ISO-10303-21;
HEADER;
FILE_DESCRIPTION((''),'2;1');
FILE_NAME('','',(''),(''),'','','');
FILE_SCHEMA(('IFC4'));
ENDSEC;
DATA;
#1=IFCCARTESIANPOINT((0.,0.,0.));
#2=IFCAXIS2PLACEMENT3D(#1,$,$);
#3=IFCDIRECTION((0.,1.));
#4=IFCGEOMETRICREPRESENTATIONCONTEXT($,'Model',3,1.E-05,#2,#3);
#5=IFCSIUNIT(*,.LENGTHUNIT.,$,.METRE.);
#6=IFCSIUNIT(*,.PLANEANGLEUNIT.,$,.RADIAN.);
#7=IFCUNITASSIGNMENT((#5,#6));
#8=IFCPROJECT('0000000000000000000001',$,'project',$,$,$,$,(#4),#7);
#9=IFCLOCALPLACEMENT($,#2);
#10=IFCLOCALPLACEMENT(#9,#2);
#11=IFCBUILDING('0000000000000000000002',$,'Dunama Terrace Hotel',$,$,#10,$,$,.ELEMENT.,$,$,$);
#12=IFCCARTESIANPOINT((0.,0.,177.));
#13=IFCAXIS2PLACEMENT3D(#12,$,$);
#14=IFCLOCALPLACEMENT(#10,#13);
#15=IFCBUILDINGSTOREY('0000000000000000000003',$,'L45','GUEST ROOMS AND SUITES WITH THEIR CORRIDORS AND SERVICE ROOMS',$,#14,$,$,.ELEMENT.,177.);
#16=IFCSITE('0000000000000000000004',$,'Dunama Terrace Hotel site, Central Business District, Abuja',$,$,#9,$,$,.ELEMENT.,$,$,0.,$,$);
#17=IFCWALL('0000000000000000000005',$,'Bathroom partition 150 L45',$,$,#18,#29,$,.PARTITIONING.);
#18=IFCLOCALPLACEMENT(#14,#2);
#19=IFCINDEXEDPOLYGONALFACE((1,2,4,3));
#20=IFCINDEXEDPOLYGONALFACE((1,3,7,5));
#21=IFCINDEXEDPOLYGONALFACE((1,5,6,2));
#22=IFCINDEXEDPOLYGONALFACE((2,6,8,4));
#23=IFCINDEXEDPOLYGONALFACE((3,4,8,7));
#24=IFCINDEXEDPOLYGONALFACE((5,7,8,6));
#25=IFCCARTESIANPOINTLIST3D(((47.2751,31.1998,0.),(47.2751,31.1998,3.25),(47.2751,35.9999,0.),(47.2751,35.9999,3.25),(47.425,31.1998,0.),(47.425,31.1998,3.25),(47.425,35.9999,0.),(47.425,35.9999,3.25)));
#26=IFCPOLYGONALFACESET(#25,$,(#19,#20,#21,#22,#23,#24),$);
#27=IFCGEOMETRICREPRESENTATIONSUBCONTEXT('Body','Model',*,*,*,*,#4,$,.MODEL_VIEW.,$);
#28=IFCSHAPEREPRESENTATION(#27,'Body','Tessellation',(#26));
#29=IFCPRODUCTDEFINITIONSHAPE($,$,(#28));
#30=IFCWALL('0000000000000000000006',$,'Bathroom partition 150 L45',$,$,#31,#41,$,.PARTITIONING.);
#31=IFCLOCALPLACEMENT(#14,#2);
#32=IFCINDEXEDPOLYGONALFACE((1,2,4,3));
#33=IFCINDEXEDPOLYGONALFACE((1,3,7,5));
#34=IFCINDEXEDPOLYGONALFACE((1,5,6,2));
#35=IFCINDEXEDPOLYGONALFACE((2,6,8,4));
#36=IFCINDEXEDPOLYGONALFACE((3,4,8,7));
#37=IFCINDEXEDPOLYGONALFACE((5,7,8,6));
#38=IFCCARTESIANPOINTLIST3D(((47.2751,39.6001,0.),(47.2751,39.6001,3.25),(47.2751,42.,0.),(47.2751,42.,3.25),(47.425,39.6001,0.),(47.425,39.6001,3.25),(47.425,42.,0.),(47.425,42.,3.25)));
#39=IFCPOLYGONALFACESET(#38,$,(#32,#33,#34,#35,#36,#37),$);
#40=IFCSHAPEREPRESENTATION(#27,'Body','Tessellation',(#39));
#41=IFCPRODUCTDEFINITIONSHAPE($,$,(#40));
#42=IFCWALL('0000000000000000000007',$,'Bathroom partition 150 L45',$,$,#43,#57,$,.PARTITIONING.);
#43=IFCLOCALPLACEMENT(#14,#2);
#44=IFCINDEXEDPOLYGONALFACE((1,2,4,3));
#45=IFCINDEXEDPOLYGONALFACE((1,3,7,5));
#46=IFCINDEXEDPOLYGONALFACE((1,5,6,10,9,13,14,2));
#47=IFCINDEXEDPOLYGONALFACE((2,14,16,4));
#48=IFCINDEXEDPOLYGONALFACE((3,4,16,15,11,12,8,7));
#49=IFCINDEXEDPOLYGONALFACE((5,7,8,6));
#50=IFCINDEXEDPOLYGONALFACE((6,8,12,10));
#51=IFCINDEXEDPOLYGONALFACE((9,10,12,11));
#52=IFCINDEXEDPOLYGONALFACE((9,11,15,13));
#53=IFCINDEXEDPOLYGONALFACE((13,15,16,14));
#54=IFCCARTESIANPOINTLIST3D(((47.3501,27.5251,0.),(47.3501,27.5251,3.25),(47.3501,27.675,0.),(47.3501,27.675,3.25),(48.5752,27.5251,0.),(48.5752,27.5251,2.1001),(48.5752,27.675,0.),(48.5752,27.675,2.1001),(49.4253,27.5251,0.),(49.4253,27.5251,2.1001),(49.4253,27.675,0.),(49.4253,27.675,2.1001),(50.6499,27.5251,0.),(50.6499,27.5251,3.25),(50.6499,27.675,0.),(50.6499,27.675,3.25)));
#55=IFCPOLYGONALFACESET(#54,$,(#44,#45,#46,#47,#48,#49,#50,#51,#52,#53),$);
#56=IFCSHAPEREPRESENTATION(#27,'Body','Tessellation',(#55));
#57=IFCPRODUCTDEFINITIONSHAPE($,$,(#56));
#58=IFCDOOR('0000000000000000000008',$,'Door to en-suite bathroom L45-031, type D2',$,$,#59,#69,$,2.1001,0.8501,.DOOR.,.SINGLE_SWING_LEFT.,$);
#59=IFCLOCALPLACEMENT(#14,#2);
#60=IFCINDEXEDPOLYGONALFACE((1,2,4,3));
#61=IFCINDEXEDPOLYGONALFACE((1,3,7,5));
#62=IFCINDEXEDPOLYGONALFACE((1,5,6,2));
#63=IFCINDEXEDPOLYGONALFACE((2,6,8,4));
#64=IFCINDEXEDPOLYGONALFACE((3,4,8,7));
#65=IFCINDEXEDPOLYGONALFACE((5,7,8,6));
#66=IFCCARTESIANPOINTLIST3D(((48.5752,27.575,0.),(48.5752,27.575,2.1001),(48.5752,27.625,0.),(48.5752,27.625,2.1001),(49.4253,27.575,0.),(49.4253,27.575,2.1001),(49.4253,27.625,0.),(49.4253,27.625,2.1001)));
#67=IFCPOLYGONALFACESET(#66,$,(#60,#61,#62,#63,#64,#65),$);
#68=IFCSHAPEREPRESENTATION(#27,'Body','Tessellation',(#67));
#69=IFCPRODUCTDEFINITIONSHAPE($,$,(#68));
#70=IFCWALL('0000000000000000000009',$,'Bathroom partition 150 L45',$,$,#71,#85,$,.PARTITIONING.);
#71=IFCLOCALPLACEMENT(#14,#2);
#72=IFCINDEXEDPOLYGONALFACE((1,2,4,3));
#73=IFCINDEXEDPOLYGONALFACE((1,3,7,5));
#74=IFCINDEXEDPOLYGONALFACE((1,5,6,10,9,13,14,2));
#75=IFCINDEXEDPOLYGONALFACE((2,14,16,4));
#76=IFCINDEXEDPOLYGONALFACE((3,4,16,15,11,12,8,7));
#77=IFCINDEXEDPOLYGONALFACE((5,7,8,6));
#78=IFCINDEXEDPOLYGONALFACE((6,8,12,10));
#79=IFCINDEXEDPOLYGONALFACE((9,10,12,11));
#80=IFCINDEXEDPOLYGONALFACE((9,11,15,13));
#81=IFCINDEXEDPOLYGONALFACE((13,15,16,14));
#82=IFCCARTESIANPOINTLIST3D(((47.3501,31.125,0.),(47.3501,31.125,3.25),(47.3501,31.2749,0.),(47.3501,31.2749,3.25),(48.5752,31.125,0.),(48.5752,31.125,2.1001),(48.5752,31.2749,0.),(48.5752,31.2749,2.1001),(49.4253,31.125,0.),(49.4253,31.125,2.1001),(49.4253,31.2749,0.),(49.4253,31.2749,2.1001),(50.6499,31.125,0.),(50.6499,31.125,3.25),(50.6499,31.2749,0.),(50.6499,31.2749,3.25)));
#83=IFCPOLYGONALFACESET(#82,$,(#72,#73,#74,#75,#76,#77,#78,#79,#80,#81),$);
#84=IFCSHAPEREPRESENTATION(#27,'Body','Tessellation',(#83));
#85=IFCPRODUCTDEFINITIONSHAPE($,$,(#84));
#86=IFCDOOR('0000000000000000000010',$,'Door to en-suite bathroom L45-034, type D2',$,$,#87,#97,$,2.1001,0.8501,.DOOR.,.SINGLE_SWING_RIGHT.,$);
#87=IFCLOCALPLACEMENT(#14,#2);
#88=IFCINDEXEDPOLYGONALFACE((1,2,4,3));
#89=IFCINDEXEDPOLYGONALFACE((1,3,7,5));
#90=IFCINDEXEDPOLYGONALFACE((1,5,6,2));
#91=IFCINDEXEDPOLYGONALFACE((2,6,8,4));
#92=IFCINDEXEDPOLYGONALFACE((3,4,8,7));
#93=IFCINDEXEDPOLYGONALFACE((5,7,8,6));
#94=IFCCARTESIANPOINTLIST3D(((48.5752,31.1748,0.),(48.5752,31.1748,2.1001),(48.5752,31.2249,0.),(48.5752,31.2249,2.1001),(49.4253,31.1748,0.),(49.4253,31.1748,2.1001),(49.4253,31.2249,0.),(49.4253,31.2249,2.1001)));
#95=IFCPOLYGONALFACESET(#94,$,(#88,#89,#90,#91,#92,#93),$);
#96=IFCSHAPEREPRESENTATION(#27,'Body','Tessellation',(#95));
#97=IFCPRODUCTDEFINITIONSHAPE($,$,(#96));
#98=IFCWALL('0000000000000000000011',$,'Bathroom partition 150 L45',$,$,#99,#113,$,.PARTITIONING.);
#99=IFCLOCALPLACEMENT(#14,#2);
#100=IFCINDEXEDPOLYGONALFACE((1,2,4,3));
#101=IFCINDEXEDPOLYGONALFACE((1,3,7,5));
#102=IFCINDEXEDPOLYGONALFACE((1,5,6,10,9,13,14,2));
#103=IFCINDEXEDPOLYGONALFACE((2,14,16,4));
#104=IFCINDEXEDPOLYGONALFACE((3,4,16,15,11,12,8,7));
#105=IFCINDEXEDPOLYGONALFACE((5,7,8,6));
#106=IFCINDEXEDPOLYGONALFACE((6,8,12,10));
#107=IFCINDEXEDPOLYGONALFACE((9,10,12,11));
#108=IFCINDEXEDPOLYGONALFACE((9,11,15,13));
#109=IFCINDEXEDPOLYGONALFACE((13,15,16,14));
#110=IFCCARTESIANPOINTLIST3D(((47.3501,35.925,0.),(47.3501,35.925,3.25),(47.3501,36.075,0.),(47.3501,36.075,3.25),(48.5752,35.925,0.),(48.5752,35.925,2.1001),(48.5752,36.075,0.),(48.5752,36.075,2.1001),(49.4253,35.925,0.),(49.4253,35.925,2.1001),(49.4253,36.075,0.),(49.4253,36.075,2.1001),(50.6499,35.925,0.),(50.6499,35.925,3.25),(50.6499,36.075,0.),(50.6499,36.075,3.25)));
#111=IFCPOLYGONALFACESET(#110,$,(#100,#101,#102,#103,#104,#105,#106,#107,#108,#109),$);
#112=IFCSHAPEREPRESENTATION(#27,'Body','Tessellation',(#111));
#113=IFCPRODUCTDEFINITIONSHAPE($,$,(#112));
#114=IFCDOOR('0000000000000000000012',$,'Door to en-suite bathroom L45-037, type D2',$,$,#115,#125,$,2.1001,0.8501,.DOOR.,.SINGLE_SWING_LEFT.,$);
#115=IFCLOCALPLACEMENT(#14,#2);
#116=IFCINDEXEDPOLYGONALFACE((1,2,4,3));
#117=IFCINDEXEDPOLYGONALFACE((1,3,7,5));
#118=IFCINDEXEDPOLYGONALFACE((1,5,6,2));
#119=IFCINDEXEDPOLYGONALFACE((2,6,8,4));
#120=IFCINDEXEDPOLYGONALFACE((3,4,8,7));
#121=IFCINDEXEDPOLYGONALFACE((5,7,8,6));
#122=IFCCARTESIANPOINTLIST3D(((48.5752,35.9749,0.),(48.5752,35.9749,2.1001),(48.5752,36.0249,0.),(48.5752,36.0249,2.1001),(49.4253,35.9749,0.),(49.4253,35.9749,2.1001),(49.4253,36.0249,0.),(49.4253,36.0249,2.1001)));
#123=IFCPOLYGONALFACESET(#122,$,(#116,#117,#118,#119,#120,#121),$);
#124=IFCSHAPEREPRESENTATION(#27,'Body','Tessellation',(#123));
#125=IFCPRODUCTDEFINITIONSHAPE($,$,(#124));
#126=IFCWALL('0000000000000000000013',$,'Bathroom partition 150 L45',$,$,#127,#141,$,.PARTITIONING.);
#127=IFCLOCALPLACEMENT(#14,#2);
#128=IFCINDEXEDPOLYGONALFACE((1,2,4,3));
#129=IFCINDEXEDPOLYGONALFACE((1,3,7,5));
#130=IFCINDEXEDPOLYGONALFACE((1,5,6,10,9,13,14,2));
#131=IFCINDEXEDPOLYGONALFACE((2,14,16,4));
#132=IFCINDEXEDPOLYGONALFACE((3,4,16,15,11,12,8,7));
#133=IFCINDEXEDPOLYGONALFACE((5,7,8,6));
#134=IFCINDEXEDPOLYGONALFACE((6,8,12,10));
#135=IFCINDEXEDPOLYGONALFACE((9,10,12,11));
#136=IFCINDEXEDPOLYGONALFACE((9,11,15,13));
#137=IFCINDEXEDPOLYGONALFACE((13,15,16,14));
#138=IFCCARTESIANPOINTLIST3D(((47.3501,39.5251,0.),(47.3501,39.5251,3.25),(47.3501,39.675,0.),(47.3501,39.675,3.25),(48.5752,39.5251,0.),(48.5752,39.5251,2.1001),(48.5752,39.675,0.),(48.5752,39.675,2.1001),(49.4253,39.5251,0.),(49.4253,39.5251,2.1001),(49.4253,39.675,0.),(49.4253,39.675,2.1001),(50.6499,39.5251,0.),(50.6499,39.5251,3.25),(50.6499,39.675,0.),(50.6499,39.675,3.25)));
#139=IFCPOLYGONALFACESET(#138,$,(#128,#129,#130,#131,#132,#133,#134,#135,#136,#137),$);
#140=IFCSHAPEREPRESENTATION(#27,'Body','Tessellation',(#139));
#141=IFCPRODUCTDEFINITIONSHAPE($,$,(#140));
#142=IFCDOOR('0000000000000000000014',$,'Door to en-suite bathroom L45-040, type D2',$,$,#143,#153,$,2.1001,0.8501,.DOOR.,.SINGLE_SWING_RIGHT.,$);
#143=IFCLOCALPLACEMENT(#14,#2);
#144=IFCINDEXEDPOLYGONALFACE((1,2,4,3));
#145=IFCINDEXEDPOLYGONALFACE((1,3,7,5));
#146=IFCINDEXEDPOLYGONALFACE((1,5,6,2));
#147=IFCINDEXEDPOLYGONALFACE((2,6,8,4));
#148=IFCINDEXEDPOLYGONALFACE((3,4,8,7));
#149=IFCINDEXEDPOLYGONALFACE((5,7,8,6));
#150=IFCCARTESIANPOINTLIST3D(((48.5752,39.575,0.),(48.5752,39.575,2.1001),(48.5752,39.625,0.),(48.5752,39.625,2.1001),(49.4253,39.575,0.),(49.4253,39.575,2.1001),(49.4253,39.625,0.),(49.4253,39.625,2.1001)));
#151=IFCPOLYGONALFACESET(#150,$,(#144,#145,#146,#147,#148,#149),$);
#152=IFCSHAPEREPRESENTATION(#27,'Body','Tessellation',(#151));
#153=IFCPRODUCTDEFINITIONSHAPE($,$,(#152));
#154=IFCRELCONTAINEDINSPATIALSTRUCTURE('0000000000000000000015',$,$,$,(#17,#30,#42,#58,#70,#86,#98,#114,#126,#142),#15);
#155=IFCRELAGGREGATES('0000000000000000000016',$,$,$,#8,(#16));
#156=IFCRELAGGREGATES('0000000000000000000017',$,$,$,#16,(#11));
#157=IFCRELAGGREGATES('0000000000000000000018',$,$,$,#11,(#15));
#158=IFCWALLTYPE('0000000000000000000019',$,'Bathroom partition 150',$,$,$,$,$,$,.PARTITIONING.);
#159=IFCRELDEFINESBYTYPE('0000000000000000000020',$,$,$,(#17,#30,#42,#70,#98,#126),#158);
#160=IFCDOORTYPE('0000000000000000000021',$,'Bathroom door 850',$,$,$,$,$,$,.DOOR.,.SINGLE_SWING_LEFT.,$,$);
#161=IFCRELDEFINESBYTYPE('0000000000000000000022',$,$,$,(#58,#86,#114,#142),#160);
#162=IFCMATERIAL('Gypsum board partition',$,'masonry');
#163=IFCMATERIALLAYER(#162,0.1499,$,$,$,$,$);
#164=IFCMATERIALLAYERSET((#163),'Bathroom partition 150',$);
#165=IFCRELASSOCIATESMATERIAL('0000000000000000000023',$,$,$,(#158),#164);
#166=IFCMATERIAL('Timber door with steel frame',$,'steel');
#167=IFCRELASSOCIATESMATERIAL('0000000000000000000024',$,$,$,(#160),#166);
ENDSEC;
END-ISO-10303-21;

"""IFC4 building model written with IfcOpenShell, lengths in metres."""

from ifc_helpers import new_model, si_unit, direction, frame, frame_2d, origin, place, context, subcontext, project, spatial, rectangle, extrude, material, layer, layer_set, type_object, element, fill, save


model = new_model("IFC4")

# Units and contexts
model_context = context("Model", 3, precision=1e-05, world=origin(), true_north=direction((0.0, 1.0)))
body_context = subcontext(model_context, "Body", "Model", "MODEL_VIEW")
ifc_project = project(units=[si_unit("LENGTHUNIT", "METRE"), si_unit("PLANEANGLEUNIT", "RADIAN")], contexts=[model_context])

# Site, building, storey
site_placement = place(None, origin())
site = spatial("IfcSite", under=ifc_project, at=site_placement, Name="Dunama Terrace Hotel site, Central Business District, Abuja", CompositionType="ELEMENT", RefElevation=0.0)
building_placement = place(site_placement, origin())
building = spatial("IfcBuilding", under=site, at=building_placement, Name="Dunama Terrace Hotel", CompositionType="ELEMENT")
storey_placement = place(building_placement, frame((0.0, 0.0, 177.0)))
storey = spatial("IfcBuildingStorey", under=building, at=storey_placement, Name="L45", Description="GUEST ROOMS AND SUITES WITH THEIR CORRIDORS AND SERVICE ROOMS", CompositionType="ELEMENT", Elevation=177.0)

# Walls
ifc_material_1 = material(Name="Gypsum board partition", Category="masonry")
ifc_layer_1 = layer(ifc_material_1, 0.1499)
ifc_layer_set_1 = layer_set([ifc_layer_1], Name="Bathroom partition 150")
wall_type_1 = type_object("IfcWallType", Name="Bathroom partition 150", PredefinedType="PARTITIONING", material=ifc_layer_set_1)
wall_1_placement = place(storey_placement, frame((47.3501, 31.2, 0.0), z_axis=(0.0, 0.0, 1.0), x_axis=(0.0, 1.0, 0.0)))
element("IfcWall", 1, at=wall_1_placement, inside=storey, type_object=wall_type_1, Name="Bathroom partition 150 L45", PredefinedType="PARTITIONING", context=body_context, shape_type="SweptSolid", body=[
    extrude(rectangle(XDim=4.8, YDim=0.1499, at=frame_2d((2.3999, 0.0))), origin(), (0.0, 0.0, 1.0), 3.25),
])
wall_2_placement = place(storey_placement, frame((47.3501, 39.6001, 0.0), z_axis=(0.0, 0.0, 1.0), x_axis=(0.0, 1.0, 0.0)))
element("IfcWall", 2, at=wall_2_placement, inside=storey, type_object=wall_type_1, Name="Bathroom partition 150 L45", PredefinedType="PARTITIONING", context=body_context, shape_type="SweptSolid", body=[
    extrude(rectangle(XDim=2.3999, YDim=0.1499, at=frame_2d((1.2, 0.0))), origin(), (0.0, 0.0, 1.0), 3.25),
])

# Walls, openings, doors
wall_3_placement = place(storey_placement, frame((47.3501, 27.6001, 0.0), z_axis=(0.0, 0.0, 1.0), x_axis=(1.0, 0.0, 0.0)))
wall_3 = element("IfcWall", 3, at=wall_3_placement, inside=storey, type_object=wall_type_1, Name="Bathroom partition 150 L45", PredefinedType="PARTITIONING", context=body_context, shape_type="SweptSolid", body=[
    extrude(rectangle(XDim=3.2998, YDim=0.1499, at=frame_2d((1.6499, 0.0))), origin(), (0.0, 0.0, 1.0), 3.25),
])
opening_1_placement = place(wall_3_placement, frame((1.2251, 0.0, 0.0)))
opening_1 = element("IfcOpeningElement", 4, at=opening_1_placement, cuts=wall_3, PredefinedType="OPENING", context=body_context, shape_type="SweptSolid", body=[
    extrude(rectangle(XDim=0.8501, YDim=2.1001, at=frame_2d((0.425, 1.05))), frame((0.0, 0.085, 0.0), z_axis=(0.0, -1.0, 0.0), x_axis=(1.0, 0.0, 0.0)), (0.0, 0.0, 1.0), 0.1699),
])
ifc_material_2 = material(Name="Timber door with steel frame", Category="steel")
door_type_1 = type_object("IfcDoorType", Name="Bathroom door 850", OperationType="SINGLE_SWING_LEFT", PredefinedType="DOOR", material=ifc_material_2)
door_1_placement = place(opening_1_placement, frame((0.8501, 0.0, 0.0), z_axis=(0.0, 0.0, 1.0), x_axis=(-1.0, 0.0, 0.0)))
door_1 = element("IfcDoor", 5, at=door_1_placement, inside=storey, type_object=door_type_1, Name="Door to en-suite bathroom L45-031, type D2", OperationType="SINGLE_SWING_LEFT", OverallHeight=2.1001, OverallWidth=0.8501, PredefinedType="DOOR", context=body_context, shape_type="SweptSolid", body=[
    extrude(rectangle(XDim=0.8501, YDim=2.1001, at=frame_2d((0.425, 1.05))), frame((0.0, 0.0251, 0.0), z_axis=(0.0, -1.0, 0.0), x_axis=(1.0, 0.0, 0.0)), (0.0, 0.0, 1.0), 0.05),
])
fill(opening_1, door_1)
wall_4_placement = place(storey_placement, frame((47.3501, 31.2, 0.0), z_axis=(0.0, 0.0, 1.0), x_axis=(1.0, 0.0, 0.0)))
wall_4 = element("IfcWall", 6, at=wall_4_placement, inside=storey, type_object=wall_type_1, Name="Bathroom partition 150 L45", PredefinedType="PARTITIONING", context=body_context, shape_type="SweptSolid", body=[
    extrude(rectangle(XDim=3.2998, YDim=0.1499, at=frame_2d((1.6499, 0.0))), origin(), (0.0, 0.0, 1.0), 3.25),
])
opening_2_placement = place(wall_4_placement, frame((1.2251, 0.0, 0.0)))
opening_2 = element("IfcOpeningElement", 7, at=opening_2_placement, cuts=wall_4, PredefinedType="OPENING", context=body_context, shape_type="SweptSolid", body=[
    extrude(rectangle(XDim=0.8501, YDim=2.1001, at=frame_2d((0.425, 1.05))), frame((0.0, 0.085, 0.0), z_axis=(0.0, -1.0, 0.0), x_axis=(1.0, 0.0, 0.0)), (0.0, 0.0, 1.0), 0.1699),
])
door_2_placement = place(opening_2_placement, origin())
door_2 = element("IfcDoor", 8, at=door_2_placement, inside=storey, type_object=door_type_1, Name="Door to en-suite bathroom L45-034, type D2", OperationType="SINGLE_SWING_RIGHT", OverallHeight=2.1001, OverallWidth=0.8501, PredefinedType="DOOR", context=body_context, shape_type="SweptSolid", body=[
    extrude(rectangle(XDim=0.8501, YDim=2.1001, at=frame_2d((0.425, 1.05))), frame((0.0, 0.0249, 0.0), z_axis=(0.0, -1.0, 0.0), x_axis=(1.0, 0.0, 0.0)), (0.0, 0.0, 1.0), 0.05),
])
fill(opening_2, door_2)
wall_5_placement = place(storey_placement, frame((47.3501, 36.0, 0.0), z_axis=(0.0, 0.0, 1.0), x_axis=(1.0, 0.0, 0.0)))
wall_5 = element("IfcWall", 9, at=wall_5_placement, inside=storey, type_object=wall_type_1, Name="Bathroom partition 150 L45", PredefinedType="PARTITIONING", context=body_context, shape_type="SweptSolid", body=[
    extrude(rectangle(XDim=3.2998, YDim=0.1499, at=frame_2d((1.6499, 0.0))), origin(), (0.0, 0.0, 1.0), 3.25),
])
opening_3_placement = place(wall_5_placement, frame((1.2251, 0.0, 0.0)))
opening_3 = element("IfcOpeningElement", 10, at=opening_3_placement, cuts=wall_5, PredefinedType="OPENING", context=body_context, shape_type="SweptSolid", body=[
    extrude(rectangle(XDim=0.8501, YDim=2.1001, at=frame_2d((0.425, 1.05))), frame((0.0, 0.085, 0.0), z_axis=(0.0, -1.0, 0.0), x_axis=(1.0, 0.0, 0.0)), (0.0, 0.0, 1.0), 0.1699),
])
door_3_placement = place(opening_3_placement, frame((0.8501, 0.0, 0.0), z_axis=(0.0, 0.0, 1.0), x_axis=(-1.0, 0.0, 0.0)))
door_3 = element("IfcDoor", 11, at=door_3_placement, inside=storey, type_object=door_type_1, Name="Door to en-suite bathroom L45-037, type D2", OperationType="SINGLE_SWING_LEFT", OverallHeight=2.1001, OverallWidth=0.8501, PredefinedType="DOOR", context=body_context, shape_type="SweptSolid", body=[
    extrude(rectangle(XDim=0.8501, YDim=2.1001, at=frame_2d((0.425, 1.05))), frame((0.0, 0.0251, 0.0), z_axis=(0.0, -1.0, 0.0), x_axis=(1.0, 0.0, 0.0)), (0.0, 0.0, 1.0), 0.05),
])
fill(opening_3, door_3)
wall_6_placement = place(storey_placement, frame((47.3501, 39.6001, 0.0), z_axis=(0.0, 0.0, 1.0), x_axis=(1.0, 0.0, 0.0)))
wall_6 = element("IfcWall", 12, at=wall_6_placement, inside=storey, type_object=wall_type_1, Name="Bathroom partition 150 L45", PredefinedType="PARTITIONING", context=body_context, shape_type="SweptSolid", body=[
    extrude(rectangle(XDim=3.2998, YDim=0.1499, at=frame_2d((1.6499, 0.0))), origin(), (0.0, 0.0, 1.0), 3.25),
])
opening_4_placement = place(wall_6_placement, frame((1.2251, 0.0, 0.0)))
opening_4 = element("IfcOpeningElement", 13, at=opening_4_placement, cuts=wall_6, PredefinedType="OPENING", context=body_context, shape_type="SweptSolid", body=[
    extrude(rectangle(XDim=0.8501, YDim=2.1001, at=frame_2d((0.425, 1.05))), frame((0.0, 0.085, 0.0), z_axis=(0.0, -1.0, 0.0), x_axis=(1.0, 0.0, 0.0)), (0.0, 0.0, 1.0), 0.1699),
])
door_4_placement = place(opening_4_placement, origin())
door_4 = element("IfcDoor", 14, at=door_4_placement, inside=storey, type_object=door_type_1, Name="Door to en-suite bathroom L45-040, type D2", OperationType="SINGLE_SWING_RIGHT", OverallHeight=2.1001, OverallWidth=0.8501, PredefinedType="DOOR", context=body_context, shape_type="SweptSolid", body=[
    extrude(rectangle(XDim=0.8501, YDim=2.1001, at=frame_2d((0.425, 1.05))), frame((0.0, 0.0249, 0.0), z_axis=(0.0, -1.0, 0.0), x_axis=(1.0, 0.0, 0.0)), (0.0, 0.0, 1.0), 0.05),
])
fill(opening_4, door_4)

save(model, "model.ifc")
